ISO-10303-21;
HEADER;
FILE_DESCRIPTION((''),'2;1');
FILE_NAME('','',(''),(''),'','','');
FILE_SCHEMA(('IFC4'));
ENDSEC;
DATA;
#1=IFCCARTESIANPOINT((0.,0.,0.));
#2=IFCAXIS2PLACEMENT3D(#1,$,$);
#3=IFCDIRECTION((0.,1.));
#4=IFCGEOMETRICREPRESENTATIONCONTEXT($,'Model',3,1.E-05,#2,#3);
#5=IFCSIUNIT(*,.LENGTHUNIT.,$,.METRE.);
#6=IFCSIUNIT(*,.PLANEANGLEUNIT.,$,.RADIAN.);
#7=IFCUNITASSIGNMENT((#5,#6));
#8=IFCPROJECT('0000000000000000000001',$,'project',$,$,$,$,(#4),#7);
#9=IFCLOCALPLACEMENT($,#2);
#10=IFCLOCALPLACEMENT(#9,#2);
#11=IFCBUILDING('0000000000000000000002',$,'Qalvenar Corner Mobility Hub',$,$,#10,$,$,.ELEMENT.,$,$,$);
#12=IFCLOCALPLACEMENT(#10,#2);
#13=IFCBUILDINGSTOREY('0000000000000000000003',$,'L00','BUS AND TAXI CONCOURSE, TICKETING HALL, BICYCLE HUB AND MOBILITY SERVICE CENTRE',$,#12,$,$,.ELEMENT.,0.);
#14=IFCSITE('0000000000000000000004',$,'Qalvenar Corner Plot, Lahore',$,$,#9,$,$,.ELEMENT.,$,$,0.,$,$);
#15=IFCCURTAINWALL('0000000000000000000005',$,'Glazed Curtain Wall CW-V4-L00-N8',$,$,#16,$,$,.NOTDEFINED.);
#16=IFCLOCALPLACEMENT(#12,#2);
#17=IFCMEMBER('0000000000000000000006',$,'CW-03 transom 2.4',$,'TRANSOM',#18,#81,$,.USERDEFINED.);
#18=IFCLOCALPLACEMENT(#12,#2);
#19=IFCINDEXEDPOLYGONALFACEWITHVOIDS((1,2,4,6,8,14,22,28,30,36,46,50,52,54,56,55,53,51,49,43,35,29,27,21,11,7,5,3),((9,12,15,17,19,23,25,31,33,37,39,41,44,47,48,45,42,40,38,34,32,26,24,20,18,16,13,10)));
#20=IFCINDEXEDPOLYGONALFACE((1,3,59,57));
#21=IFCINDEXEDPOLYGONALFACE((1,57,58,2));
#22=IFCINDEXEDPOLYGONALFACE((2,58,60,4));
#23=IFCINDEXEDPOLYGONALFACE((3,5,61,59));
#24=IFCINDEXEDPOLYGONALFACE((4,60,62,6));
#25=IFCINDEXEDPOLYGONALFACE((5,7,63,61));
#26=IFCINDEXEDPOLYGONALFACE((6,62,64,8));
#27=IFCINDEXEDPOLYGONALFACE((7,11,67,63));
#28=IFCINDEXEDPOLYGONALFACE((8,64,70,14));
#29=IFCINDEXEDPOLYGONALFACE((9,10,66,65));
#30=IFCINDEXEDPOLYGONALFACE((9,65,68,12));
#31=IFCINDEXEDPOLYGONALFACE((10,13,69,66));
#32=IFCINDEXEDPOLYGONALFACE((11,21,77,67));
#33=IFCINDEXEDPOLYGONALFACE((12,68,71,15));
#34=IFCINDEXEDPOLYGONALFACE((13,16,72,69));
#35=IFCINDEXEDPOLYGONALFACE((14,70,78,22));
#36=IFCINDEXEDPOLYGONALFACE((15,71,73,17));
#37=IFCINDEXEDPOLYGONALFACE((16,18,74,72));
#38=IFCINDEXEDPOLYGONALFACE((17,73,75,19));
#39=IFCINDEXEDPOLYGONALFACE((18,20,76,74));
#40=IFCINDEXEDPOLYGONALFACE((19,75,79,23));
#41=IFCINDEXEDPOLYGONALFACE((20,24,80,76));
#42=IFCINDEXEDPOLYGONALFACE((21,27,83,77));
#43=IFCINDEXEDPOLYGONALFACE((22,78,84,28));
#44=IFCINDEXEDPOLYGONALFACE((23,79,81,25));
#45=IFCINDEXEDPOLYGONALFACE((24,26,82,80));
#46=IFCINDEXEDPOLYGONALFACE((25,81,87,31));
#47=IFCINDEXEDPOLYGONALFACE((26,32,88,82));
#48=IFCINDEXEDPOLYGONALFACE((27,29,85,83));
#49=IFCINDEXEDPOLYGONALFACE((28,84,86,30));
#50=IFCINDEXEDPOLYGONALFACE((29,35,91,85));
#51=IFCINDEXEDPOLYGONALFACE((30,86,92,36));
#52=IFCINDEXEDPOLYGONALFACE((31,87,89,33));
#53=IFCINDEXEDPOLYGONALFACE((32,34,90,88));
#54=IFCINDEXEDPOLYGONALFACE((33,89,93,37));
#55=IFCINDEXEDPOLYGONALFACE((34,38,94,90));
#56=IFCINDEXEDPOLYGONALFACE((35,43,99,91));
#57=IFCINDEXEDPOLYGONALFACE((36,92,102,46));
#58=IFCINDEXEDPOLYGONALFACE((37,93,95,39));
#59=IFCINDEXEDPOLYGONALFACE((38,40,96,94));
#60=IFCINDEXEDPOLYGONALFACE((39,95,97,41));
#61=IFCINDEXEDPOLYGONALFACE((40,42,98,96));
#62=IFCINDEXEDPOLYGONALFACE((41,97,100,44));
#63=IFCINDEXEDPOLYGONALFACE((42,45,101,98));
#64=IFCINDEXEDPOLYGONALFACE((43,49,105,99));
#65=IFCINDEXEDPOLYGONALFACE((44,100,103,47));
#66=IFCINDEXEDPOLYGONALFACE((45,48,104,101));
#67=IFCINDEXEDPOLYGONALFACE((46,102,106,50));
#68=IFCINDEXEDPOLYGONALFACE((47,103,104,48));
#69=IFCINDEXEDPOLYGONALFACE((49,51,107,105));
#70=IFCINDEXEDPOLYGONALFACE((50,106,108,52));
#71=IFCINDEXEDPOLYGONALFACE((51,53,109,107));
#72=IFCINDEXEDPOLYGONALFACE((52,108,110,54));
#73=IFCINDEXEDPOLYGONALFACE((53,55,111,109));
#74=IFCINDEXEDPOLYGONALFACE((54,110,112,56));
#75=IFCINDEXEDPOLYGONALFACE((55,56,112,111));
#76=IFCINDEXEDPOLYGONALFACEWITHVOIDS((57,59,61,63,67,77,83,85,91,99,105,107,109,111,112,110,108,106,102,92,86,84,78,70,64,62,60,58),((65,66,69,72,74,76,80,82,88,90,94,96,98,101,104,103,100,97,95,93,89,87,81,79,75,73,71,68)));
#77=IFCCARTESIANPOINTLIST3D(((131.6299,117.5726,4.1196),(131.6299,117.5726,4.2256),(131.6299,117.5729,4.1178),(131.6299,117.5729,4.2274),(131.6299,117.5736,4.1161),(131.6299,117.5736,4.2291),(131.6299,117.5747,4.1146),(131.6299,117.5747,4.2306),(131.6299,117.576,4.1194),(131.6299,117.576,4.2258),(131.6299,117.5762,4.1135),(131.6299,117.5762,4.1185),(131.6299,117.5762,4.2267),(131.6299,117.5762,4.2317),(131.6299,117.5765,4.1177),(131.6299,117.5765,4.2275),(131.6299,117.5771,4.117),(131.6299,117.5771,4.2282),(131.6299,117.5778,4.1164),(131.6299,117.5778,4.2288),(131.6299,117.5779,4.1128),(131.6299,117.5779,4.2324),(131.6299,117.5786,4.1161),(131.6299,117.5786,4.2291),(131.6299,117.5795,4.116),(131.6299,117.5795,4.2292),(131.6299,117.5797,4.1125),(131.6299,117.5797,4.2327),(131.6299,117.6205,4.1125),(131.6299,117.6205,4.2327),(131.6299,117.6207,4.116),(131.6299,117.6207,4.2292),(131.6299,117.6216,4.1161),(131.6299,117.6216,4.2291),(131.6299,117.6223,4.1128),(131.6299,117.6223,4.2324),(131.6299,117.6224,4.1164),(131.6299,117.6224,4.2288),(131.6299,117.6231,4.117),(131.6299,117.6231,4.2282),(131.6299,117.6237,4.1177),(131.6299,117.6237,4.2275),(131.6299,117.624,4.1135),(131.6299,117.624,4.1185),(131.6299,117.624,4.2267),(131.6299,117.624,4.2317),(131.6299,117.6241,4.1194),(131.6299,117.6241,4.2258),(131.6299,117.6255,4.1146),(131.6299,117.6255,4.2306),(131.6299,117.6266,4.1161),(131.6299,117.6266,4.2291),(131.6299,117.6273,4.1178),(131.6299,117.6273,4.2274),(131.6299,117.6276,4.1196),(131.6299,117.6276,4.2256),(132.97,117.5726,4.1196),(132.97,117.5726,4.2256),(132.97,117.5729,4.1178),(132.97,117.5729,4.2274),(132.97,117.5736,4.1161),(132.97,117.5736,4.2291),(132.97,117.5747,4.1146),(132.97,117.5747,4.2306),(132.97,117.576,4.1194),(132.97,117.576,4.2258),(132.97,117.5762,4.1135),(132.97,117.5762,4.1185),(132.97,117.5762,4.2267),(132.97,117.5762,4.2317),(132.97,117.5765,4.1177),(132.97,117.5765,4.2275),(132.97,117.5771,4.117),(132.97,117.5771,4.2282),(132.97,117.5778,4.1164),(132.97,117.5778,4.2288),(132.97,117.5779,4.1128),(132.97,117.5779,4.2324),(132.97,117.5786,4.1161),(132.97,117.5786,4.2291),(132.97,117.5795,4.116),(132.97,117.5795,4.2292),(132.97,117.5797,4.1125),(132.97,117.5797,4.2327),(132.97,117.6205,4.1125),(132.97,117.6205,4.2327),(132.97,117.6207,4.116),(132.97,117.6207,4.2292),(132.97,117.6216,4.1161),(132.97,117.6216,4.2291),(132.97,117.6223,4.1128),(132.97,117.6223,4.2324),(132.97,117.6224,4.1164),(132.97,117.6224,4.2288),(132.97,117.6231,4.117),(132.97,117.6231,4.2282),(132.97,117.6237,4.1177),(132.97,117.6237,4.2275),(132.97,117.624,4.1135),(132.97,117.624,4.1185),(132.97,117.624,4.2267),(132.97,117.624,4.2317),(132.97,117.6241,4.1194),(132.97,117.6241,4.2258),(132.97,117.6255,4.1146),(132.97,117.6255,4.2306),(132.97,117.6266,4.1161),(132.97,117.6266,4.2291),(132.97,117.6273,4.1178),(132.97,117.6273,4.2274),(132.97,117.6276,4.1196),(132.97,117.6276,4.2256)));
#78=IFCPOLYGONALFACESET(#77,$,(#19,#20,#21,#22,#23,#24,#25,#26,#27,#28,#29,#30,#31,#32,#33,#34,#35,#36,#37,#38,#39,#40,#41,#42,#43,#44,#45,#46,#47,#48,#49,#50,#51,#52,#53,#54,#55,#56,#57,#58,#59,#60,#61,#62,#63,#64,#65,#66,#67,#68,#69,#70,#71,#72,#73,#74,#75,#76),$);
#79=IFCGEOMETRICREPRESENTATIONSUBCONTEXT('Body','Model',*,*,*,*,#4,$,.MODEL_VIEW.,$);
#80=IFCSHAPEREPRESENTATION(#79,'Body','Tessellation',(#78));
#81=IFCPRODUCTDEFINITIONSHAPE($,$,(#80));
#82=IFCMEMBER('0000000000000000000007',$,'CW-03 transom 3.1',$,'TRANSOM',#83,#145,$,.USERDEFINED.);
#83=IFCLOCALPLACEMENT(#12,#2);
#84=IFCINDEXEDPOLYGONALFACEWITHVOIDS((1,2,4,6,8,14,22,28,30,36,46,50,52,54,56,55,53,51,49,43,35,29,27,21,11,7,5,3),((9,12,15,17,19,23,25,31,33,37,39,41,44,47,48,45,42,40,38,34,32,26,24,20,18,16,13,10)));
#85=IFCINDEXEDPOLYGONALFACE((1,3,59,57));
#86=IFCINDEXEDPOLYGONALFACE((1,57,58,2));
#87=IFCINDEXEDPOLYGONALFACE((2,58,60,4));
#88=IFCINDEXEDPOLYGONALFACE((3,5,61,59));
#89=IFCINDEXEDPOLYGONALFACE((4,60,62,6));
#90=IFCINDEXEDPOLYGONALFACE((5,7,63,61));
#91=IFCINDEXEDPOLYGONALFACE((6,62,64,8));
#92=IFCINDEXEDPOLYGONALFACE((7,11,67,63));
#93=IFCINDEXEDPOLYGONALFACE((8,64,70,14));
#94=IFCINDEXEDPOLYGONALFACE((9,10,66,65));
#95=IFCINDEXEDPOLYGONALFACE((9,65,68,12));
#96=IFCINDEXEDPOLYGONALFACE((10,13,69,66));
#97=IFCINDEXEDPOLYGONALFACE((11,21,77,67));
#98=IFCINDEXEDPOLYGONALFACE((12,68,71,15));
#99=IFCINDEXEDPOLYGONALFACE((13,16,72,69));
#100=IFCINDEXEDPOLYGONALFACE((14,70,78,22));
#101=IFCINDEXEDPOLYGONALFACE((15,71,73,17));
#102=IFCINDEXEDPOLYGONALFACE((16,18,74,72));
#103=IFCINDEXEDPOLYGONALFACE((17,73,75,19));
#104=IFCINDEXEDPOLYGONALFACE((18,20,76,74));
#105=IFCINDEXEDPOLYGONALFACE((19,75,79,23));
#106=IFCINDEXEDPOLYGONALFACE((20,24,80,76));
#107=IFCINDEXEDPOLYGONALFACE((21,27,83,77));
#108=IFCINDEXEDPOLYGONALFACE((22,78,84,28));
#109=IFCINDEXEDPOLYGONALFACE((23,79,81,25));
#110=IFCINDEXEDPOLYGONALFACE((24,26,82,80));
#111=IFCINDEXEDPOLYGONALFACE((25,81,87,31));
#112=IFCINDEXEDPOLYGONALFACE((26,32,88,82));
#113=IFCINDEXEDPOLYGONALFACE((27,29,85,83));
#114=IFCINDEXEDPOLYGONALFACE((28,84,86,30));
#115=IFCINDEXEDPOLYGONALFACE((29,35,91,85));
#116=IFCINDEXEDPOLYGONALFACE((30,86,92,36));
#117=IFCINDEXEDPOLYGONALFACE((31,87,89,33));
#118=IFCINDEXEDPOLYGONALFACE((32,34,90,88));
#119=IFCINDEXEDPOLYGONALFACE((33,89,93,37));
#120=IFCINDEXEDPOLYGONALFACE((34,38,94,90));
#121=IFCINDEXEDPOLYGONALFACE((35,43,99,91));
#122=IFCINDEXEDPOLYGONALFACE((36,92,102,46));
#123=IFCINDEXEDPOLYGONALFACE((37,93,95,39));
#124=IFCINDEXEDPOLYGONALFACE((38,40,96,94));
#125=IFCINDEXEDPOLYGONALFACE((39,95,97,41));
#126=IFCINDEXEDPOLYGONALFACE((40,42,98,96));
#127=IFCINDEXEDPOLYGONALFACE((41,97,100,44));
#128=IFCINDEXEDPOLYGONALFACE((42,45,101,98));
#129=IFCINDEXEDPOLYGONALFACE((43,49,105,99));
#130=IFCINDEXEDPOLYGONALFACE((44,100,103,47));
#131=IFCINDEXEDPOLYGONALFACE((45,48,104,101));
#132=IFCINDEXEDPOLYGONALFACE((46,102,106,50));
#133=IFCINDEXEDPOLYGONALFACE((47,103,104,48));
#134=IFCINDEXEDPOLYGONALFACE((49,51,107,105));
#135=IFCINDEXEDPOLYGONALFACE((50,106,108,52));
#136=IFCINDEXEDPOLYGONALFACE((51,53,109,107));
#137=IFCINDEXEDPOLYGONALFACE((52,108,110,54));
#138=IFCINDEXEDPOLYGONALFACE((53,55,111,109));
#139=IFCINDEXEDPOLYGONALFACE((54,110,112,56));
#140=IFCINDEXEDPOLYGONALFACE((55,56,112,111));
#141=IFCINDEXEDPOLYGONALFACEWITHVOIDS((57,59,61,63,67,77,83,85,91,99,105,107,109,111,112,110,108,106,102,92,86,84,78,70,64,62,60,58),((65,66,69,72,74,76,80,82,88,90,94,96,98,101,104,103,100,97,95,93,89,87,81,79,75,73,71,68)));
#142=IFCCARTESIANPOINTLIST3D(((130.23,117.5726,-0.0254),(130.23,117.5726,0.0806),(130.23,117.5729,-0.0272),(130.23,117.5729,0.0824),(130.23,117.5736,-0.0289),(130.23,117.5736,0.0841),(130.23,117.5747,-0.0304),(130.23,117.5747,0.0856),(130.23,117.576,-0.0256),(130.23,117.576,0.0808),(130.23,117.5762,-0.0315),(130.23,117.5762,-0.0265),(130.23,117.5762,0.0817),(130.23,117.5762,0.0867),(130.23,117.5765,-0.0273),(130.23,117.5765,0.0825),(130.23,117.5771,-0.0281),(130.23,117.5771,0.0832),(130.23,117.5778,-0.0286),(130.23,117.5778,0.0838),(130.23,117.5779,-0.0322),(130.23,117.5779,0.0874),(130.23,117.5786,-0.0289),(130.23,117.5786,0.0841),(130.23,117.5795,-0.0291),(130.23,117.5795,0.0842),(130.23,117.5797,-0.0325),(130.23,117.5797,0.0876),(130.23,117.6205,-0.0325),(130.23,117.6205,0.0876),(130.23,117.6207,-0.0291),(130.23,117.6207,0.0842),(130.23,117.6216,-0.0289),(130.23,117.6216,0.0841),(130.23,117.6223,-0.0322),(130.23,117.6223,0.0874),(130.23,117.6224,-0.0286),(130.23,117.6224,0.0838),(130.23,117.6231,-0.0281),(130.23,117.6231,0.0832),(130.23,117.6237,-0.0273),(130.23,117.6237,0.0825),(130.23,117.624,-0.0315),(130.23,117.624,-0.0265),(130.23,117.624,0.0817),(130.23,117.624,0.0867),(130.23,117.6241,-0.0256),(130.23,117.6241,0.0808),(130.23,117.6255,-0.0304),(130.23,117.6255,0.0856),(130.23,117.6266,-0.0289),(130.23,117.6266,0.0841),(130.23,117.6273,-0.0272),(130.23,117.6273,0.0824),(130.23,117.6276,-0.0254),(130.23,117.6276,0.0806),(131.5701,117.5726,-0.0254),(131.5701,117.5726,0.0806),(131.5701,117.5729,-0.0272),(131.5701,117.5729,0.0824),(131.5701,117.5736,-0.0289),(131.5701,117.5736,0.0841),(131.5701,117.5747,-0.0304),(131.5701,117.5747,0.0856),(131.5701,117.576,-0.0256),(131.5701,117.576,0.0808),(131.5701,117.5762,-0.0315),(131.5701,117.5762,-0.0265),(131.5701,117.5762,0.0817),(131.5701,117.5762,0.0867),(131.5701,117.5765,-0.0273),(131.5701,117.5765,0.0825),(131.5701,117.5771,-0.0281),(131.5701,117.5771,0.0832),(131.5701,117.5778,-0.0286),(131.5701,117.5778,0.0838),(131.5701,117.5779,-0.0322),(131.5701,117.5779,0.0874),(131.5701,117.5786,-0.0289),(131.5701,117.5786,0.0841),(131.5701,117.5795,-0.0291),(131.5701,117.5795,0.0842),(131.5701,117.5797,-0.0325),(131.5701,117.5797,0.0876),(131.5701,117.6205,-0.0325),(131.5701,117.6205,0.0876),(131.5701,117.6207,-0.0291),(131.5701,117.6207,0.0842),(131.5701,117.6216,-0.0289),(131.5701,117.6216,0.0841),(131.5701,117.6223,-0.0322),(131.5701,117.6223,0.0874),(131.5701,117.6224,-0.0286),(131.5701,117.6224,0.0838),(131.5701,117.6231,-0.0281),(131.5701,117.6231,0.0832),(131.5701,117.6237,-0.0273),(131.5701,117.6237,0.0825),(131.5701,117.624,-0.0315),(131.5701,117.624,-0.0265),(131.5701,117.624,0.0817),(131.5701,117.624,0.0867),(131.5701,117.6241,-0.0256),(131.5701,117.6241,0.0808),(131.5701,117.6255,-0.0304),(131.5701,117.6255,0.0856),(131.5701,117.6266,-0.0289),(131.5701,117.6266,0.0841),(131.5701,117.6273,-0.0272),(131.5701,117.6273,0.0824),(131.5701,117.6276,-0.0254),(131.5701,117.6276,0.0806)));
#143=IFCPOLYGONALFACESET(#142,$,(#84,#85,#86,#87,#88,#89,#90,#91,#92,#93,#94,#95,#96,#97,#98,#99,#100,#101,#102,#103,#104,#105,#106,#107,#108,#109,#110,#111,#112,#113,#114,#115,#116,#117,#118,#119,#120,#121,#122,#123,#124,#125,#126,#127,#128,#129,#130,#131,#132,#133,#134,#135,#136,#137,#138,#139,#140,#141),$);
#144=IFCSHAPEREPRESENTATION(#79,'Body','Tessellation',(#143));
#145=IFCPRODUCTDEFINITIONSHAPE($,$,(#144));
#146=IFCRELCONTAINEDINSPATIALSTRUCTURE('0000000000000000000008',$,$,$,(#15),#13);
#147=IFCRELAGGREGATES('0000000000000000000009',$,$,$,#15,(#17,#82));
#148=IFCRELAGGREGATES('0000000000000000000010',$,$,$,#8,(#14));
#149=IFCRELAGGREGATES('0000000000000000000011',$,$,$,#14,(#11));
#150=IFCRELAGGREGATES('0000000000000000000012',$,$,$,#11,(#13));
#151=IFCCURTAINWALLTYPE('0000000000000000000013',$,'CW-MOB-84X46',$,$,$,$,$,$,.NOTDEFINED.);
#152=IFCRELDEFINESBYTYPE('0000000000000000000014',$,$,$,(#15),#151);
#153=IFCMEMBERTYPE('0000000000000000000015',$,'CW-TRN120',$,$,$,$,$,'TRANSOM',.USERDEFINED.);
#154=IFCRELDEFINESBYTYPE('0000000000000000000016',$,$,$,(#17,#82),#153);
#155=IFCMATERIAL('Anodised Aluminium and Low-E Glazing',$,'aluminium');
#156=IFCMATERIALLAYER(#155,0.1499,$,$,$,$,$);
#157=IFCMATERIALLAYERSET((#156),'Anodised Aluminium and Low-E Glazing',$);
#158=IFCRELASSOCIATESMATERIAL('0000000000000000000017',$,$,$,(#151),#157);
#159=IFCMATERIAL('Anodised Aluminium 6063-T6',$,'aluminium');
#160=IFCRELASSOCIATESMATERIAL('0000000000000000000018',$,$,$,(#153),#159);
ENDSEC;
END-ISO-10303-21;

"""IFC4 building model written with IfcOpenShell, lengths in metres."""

from ifc_helpers import new_model, si_unit, direction, frame, origin, origin_2d, place, context, subcontext, project, spatial, hollow_rectangle, extrude, material, layer, layer_set, material_profile, profile_set, type_object, element, aggregate, save


model = new_model("IFC4")

# Units and contexts
model_context = context("Model", 3, precision=1e-05, world=origin(), true_north=direction((0.0, 1.0)))
body_context = subcontext(model_context, "Body", "Model", "MODEL_VIEW")
ifc_project = project(units=[si_unit("LENGTHUNIT", "METRE"), si_unit("PLANEANGLEUNIT", "RADIAN")], contexts=[model_context])

# Site, building, storey
site_placement = place(None, origin())
site = spatial("IfcSite", under=ifc_project, at=site_placement, Name="Qalvenar Corner Plot, Lahore", CompositionType="ELEMENT", RefElevation=0.0)
building_placement = place(site_placement, origin())
building = spatial("IfcBuilding", under=site, at=building_placement, Name="Qalvenar Corner Mobility Hub", CompositionType="ELEMENT")
storey_placement = place(building_placement, origin())
storey = spatial("IfcBuildingStorey", under=building, at=storey_placement, Name="L00", Description="BUS AND TAXI CONCOURSE, TICKETING HALL, BICYCLE HUB AND MOBILITY SERVICE CENTRE", CompositionType="ELEMENT", Elevation=0.0)

# Curtain wall, members
ifc_material_1 = material(Name="Anodised Aluminium and Low-E Glazing", Category="aluminium")
ifc_layer_1 = layer(ifc_material_1, 0.1499)
ifc_layer_set_1 = layer_set([ifc_layer_1], Name="Anodised Aluminium and Low-E Glazing")
curtain_wall_type = type_object("IfcCurtainWallType", Name="CW-MOB-84X46", PredefinedType="NOTDEFINED", material=ifc_layer_set_1)
curtain_wall_placement = place(storey_placement, origin())
curtain_wall = element("IfcCurtainWall", 1, at=curtain_wall_placement, inside=storey, type_object=curtain_wall_type, Name="Glazed Curtain Wall CW-V4-L00-N8", PredefinedType="NOTDEFINED")
ifc_material_2 = material(Name="Anodised Aluminium 6063-T6", Category="aluminium")
ifc_material_profile_1 = material_profile(ifc_material_2, hollow_rectangle(XDim=0.0549, YDim=0.1201, WallThickness=0.0034, InnerFilletRadius=0.0034, OuterFilletRadius=0.0071, at=origin_2d()), Name="RHS120x55x3.5")
ifc_profile_set_1 = profile_set([ifc_material_profile_1], Name="Anodised Aluminium 6063-T6")
member_type_1 = type_object("IfcMemberType", Name="CW-TRN120", ElementType="TRANSOM", PredefinedType="USERDEFINED", material=ifc_profile_set_1)
member_1_placement = place(storey_placement, frame((132.97, 117.6001, 4.1726), z_axis=(-1.0, 0.0, 0.0), x_axis=(0.0, -1.0, 0.0)))
member_1 = element("IfcMember", 2, at=member_1_placement, type_object=member_type_1, Name="CW-03 transom 2.4", ObjectType="TRANSOM", PredefinedType="USERDEFINED", context=body_context, shape_type="SweptSolid", body=[
    extrude(hollow_rectangle(XDim=0.0549, YDim=0.1201, WallThickness=0.0034, InnerFilletRadius=0.0034, OuterFilletRadius=0.0071, at=origin_2d()), origin(), (0.0, 0.0, 1.0), 1.3401),
])
member_2_placement = place(storey_placement, frame((131.5701, 117.6001, 0.0276), z_axis=(-1.0, 0.0, 0.0), x_axis=(0.0, -1.0, 0.0)))
member_2 = element("IfcMember", 3, at=member_2_placement, type_object=member_type_1, Name="CW-03 transom 3.1", ObjectType="TRANSOM", PredefinedType="USERDEFINED", context=body_context, shape_type="SweptSolid", body=[
    extrude(hollow_rectangle(XDim=0.0549, YDim=0.1201, WallThickness=0.0034, InnerFilletRadius=0.0034, OuterFilletRadius=0.0071, at=origin_2d()), origin(), (0.0, 0.0, 1.0), 1.3401),
])
aggregate(curtain_wall, [member_1, member_2])

save(model, "model.ifc")
